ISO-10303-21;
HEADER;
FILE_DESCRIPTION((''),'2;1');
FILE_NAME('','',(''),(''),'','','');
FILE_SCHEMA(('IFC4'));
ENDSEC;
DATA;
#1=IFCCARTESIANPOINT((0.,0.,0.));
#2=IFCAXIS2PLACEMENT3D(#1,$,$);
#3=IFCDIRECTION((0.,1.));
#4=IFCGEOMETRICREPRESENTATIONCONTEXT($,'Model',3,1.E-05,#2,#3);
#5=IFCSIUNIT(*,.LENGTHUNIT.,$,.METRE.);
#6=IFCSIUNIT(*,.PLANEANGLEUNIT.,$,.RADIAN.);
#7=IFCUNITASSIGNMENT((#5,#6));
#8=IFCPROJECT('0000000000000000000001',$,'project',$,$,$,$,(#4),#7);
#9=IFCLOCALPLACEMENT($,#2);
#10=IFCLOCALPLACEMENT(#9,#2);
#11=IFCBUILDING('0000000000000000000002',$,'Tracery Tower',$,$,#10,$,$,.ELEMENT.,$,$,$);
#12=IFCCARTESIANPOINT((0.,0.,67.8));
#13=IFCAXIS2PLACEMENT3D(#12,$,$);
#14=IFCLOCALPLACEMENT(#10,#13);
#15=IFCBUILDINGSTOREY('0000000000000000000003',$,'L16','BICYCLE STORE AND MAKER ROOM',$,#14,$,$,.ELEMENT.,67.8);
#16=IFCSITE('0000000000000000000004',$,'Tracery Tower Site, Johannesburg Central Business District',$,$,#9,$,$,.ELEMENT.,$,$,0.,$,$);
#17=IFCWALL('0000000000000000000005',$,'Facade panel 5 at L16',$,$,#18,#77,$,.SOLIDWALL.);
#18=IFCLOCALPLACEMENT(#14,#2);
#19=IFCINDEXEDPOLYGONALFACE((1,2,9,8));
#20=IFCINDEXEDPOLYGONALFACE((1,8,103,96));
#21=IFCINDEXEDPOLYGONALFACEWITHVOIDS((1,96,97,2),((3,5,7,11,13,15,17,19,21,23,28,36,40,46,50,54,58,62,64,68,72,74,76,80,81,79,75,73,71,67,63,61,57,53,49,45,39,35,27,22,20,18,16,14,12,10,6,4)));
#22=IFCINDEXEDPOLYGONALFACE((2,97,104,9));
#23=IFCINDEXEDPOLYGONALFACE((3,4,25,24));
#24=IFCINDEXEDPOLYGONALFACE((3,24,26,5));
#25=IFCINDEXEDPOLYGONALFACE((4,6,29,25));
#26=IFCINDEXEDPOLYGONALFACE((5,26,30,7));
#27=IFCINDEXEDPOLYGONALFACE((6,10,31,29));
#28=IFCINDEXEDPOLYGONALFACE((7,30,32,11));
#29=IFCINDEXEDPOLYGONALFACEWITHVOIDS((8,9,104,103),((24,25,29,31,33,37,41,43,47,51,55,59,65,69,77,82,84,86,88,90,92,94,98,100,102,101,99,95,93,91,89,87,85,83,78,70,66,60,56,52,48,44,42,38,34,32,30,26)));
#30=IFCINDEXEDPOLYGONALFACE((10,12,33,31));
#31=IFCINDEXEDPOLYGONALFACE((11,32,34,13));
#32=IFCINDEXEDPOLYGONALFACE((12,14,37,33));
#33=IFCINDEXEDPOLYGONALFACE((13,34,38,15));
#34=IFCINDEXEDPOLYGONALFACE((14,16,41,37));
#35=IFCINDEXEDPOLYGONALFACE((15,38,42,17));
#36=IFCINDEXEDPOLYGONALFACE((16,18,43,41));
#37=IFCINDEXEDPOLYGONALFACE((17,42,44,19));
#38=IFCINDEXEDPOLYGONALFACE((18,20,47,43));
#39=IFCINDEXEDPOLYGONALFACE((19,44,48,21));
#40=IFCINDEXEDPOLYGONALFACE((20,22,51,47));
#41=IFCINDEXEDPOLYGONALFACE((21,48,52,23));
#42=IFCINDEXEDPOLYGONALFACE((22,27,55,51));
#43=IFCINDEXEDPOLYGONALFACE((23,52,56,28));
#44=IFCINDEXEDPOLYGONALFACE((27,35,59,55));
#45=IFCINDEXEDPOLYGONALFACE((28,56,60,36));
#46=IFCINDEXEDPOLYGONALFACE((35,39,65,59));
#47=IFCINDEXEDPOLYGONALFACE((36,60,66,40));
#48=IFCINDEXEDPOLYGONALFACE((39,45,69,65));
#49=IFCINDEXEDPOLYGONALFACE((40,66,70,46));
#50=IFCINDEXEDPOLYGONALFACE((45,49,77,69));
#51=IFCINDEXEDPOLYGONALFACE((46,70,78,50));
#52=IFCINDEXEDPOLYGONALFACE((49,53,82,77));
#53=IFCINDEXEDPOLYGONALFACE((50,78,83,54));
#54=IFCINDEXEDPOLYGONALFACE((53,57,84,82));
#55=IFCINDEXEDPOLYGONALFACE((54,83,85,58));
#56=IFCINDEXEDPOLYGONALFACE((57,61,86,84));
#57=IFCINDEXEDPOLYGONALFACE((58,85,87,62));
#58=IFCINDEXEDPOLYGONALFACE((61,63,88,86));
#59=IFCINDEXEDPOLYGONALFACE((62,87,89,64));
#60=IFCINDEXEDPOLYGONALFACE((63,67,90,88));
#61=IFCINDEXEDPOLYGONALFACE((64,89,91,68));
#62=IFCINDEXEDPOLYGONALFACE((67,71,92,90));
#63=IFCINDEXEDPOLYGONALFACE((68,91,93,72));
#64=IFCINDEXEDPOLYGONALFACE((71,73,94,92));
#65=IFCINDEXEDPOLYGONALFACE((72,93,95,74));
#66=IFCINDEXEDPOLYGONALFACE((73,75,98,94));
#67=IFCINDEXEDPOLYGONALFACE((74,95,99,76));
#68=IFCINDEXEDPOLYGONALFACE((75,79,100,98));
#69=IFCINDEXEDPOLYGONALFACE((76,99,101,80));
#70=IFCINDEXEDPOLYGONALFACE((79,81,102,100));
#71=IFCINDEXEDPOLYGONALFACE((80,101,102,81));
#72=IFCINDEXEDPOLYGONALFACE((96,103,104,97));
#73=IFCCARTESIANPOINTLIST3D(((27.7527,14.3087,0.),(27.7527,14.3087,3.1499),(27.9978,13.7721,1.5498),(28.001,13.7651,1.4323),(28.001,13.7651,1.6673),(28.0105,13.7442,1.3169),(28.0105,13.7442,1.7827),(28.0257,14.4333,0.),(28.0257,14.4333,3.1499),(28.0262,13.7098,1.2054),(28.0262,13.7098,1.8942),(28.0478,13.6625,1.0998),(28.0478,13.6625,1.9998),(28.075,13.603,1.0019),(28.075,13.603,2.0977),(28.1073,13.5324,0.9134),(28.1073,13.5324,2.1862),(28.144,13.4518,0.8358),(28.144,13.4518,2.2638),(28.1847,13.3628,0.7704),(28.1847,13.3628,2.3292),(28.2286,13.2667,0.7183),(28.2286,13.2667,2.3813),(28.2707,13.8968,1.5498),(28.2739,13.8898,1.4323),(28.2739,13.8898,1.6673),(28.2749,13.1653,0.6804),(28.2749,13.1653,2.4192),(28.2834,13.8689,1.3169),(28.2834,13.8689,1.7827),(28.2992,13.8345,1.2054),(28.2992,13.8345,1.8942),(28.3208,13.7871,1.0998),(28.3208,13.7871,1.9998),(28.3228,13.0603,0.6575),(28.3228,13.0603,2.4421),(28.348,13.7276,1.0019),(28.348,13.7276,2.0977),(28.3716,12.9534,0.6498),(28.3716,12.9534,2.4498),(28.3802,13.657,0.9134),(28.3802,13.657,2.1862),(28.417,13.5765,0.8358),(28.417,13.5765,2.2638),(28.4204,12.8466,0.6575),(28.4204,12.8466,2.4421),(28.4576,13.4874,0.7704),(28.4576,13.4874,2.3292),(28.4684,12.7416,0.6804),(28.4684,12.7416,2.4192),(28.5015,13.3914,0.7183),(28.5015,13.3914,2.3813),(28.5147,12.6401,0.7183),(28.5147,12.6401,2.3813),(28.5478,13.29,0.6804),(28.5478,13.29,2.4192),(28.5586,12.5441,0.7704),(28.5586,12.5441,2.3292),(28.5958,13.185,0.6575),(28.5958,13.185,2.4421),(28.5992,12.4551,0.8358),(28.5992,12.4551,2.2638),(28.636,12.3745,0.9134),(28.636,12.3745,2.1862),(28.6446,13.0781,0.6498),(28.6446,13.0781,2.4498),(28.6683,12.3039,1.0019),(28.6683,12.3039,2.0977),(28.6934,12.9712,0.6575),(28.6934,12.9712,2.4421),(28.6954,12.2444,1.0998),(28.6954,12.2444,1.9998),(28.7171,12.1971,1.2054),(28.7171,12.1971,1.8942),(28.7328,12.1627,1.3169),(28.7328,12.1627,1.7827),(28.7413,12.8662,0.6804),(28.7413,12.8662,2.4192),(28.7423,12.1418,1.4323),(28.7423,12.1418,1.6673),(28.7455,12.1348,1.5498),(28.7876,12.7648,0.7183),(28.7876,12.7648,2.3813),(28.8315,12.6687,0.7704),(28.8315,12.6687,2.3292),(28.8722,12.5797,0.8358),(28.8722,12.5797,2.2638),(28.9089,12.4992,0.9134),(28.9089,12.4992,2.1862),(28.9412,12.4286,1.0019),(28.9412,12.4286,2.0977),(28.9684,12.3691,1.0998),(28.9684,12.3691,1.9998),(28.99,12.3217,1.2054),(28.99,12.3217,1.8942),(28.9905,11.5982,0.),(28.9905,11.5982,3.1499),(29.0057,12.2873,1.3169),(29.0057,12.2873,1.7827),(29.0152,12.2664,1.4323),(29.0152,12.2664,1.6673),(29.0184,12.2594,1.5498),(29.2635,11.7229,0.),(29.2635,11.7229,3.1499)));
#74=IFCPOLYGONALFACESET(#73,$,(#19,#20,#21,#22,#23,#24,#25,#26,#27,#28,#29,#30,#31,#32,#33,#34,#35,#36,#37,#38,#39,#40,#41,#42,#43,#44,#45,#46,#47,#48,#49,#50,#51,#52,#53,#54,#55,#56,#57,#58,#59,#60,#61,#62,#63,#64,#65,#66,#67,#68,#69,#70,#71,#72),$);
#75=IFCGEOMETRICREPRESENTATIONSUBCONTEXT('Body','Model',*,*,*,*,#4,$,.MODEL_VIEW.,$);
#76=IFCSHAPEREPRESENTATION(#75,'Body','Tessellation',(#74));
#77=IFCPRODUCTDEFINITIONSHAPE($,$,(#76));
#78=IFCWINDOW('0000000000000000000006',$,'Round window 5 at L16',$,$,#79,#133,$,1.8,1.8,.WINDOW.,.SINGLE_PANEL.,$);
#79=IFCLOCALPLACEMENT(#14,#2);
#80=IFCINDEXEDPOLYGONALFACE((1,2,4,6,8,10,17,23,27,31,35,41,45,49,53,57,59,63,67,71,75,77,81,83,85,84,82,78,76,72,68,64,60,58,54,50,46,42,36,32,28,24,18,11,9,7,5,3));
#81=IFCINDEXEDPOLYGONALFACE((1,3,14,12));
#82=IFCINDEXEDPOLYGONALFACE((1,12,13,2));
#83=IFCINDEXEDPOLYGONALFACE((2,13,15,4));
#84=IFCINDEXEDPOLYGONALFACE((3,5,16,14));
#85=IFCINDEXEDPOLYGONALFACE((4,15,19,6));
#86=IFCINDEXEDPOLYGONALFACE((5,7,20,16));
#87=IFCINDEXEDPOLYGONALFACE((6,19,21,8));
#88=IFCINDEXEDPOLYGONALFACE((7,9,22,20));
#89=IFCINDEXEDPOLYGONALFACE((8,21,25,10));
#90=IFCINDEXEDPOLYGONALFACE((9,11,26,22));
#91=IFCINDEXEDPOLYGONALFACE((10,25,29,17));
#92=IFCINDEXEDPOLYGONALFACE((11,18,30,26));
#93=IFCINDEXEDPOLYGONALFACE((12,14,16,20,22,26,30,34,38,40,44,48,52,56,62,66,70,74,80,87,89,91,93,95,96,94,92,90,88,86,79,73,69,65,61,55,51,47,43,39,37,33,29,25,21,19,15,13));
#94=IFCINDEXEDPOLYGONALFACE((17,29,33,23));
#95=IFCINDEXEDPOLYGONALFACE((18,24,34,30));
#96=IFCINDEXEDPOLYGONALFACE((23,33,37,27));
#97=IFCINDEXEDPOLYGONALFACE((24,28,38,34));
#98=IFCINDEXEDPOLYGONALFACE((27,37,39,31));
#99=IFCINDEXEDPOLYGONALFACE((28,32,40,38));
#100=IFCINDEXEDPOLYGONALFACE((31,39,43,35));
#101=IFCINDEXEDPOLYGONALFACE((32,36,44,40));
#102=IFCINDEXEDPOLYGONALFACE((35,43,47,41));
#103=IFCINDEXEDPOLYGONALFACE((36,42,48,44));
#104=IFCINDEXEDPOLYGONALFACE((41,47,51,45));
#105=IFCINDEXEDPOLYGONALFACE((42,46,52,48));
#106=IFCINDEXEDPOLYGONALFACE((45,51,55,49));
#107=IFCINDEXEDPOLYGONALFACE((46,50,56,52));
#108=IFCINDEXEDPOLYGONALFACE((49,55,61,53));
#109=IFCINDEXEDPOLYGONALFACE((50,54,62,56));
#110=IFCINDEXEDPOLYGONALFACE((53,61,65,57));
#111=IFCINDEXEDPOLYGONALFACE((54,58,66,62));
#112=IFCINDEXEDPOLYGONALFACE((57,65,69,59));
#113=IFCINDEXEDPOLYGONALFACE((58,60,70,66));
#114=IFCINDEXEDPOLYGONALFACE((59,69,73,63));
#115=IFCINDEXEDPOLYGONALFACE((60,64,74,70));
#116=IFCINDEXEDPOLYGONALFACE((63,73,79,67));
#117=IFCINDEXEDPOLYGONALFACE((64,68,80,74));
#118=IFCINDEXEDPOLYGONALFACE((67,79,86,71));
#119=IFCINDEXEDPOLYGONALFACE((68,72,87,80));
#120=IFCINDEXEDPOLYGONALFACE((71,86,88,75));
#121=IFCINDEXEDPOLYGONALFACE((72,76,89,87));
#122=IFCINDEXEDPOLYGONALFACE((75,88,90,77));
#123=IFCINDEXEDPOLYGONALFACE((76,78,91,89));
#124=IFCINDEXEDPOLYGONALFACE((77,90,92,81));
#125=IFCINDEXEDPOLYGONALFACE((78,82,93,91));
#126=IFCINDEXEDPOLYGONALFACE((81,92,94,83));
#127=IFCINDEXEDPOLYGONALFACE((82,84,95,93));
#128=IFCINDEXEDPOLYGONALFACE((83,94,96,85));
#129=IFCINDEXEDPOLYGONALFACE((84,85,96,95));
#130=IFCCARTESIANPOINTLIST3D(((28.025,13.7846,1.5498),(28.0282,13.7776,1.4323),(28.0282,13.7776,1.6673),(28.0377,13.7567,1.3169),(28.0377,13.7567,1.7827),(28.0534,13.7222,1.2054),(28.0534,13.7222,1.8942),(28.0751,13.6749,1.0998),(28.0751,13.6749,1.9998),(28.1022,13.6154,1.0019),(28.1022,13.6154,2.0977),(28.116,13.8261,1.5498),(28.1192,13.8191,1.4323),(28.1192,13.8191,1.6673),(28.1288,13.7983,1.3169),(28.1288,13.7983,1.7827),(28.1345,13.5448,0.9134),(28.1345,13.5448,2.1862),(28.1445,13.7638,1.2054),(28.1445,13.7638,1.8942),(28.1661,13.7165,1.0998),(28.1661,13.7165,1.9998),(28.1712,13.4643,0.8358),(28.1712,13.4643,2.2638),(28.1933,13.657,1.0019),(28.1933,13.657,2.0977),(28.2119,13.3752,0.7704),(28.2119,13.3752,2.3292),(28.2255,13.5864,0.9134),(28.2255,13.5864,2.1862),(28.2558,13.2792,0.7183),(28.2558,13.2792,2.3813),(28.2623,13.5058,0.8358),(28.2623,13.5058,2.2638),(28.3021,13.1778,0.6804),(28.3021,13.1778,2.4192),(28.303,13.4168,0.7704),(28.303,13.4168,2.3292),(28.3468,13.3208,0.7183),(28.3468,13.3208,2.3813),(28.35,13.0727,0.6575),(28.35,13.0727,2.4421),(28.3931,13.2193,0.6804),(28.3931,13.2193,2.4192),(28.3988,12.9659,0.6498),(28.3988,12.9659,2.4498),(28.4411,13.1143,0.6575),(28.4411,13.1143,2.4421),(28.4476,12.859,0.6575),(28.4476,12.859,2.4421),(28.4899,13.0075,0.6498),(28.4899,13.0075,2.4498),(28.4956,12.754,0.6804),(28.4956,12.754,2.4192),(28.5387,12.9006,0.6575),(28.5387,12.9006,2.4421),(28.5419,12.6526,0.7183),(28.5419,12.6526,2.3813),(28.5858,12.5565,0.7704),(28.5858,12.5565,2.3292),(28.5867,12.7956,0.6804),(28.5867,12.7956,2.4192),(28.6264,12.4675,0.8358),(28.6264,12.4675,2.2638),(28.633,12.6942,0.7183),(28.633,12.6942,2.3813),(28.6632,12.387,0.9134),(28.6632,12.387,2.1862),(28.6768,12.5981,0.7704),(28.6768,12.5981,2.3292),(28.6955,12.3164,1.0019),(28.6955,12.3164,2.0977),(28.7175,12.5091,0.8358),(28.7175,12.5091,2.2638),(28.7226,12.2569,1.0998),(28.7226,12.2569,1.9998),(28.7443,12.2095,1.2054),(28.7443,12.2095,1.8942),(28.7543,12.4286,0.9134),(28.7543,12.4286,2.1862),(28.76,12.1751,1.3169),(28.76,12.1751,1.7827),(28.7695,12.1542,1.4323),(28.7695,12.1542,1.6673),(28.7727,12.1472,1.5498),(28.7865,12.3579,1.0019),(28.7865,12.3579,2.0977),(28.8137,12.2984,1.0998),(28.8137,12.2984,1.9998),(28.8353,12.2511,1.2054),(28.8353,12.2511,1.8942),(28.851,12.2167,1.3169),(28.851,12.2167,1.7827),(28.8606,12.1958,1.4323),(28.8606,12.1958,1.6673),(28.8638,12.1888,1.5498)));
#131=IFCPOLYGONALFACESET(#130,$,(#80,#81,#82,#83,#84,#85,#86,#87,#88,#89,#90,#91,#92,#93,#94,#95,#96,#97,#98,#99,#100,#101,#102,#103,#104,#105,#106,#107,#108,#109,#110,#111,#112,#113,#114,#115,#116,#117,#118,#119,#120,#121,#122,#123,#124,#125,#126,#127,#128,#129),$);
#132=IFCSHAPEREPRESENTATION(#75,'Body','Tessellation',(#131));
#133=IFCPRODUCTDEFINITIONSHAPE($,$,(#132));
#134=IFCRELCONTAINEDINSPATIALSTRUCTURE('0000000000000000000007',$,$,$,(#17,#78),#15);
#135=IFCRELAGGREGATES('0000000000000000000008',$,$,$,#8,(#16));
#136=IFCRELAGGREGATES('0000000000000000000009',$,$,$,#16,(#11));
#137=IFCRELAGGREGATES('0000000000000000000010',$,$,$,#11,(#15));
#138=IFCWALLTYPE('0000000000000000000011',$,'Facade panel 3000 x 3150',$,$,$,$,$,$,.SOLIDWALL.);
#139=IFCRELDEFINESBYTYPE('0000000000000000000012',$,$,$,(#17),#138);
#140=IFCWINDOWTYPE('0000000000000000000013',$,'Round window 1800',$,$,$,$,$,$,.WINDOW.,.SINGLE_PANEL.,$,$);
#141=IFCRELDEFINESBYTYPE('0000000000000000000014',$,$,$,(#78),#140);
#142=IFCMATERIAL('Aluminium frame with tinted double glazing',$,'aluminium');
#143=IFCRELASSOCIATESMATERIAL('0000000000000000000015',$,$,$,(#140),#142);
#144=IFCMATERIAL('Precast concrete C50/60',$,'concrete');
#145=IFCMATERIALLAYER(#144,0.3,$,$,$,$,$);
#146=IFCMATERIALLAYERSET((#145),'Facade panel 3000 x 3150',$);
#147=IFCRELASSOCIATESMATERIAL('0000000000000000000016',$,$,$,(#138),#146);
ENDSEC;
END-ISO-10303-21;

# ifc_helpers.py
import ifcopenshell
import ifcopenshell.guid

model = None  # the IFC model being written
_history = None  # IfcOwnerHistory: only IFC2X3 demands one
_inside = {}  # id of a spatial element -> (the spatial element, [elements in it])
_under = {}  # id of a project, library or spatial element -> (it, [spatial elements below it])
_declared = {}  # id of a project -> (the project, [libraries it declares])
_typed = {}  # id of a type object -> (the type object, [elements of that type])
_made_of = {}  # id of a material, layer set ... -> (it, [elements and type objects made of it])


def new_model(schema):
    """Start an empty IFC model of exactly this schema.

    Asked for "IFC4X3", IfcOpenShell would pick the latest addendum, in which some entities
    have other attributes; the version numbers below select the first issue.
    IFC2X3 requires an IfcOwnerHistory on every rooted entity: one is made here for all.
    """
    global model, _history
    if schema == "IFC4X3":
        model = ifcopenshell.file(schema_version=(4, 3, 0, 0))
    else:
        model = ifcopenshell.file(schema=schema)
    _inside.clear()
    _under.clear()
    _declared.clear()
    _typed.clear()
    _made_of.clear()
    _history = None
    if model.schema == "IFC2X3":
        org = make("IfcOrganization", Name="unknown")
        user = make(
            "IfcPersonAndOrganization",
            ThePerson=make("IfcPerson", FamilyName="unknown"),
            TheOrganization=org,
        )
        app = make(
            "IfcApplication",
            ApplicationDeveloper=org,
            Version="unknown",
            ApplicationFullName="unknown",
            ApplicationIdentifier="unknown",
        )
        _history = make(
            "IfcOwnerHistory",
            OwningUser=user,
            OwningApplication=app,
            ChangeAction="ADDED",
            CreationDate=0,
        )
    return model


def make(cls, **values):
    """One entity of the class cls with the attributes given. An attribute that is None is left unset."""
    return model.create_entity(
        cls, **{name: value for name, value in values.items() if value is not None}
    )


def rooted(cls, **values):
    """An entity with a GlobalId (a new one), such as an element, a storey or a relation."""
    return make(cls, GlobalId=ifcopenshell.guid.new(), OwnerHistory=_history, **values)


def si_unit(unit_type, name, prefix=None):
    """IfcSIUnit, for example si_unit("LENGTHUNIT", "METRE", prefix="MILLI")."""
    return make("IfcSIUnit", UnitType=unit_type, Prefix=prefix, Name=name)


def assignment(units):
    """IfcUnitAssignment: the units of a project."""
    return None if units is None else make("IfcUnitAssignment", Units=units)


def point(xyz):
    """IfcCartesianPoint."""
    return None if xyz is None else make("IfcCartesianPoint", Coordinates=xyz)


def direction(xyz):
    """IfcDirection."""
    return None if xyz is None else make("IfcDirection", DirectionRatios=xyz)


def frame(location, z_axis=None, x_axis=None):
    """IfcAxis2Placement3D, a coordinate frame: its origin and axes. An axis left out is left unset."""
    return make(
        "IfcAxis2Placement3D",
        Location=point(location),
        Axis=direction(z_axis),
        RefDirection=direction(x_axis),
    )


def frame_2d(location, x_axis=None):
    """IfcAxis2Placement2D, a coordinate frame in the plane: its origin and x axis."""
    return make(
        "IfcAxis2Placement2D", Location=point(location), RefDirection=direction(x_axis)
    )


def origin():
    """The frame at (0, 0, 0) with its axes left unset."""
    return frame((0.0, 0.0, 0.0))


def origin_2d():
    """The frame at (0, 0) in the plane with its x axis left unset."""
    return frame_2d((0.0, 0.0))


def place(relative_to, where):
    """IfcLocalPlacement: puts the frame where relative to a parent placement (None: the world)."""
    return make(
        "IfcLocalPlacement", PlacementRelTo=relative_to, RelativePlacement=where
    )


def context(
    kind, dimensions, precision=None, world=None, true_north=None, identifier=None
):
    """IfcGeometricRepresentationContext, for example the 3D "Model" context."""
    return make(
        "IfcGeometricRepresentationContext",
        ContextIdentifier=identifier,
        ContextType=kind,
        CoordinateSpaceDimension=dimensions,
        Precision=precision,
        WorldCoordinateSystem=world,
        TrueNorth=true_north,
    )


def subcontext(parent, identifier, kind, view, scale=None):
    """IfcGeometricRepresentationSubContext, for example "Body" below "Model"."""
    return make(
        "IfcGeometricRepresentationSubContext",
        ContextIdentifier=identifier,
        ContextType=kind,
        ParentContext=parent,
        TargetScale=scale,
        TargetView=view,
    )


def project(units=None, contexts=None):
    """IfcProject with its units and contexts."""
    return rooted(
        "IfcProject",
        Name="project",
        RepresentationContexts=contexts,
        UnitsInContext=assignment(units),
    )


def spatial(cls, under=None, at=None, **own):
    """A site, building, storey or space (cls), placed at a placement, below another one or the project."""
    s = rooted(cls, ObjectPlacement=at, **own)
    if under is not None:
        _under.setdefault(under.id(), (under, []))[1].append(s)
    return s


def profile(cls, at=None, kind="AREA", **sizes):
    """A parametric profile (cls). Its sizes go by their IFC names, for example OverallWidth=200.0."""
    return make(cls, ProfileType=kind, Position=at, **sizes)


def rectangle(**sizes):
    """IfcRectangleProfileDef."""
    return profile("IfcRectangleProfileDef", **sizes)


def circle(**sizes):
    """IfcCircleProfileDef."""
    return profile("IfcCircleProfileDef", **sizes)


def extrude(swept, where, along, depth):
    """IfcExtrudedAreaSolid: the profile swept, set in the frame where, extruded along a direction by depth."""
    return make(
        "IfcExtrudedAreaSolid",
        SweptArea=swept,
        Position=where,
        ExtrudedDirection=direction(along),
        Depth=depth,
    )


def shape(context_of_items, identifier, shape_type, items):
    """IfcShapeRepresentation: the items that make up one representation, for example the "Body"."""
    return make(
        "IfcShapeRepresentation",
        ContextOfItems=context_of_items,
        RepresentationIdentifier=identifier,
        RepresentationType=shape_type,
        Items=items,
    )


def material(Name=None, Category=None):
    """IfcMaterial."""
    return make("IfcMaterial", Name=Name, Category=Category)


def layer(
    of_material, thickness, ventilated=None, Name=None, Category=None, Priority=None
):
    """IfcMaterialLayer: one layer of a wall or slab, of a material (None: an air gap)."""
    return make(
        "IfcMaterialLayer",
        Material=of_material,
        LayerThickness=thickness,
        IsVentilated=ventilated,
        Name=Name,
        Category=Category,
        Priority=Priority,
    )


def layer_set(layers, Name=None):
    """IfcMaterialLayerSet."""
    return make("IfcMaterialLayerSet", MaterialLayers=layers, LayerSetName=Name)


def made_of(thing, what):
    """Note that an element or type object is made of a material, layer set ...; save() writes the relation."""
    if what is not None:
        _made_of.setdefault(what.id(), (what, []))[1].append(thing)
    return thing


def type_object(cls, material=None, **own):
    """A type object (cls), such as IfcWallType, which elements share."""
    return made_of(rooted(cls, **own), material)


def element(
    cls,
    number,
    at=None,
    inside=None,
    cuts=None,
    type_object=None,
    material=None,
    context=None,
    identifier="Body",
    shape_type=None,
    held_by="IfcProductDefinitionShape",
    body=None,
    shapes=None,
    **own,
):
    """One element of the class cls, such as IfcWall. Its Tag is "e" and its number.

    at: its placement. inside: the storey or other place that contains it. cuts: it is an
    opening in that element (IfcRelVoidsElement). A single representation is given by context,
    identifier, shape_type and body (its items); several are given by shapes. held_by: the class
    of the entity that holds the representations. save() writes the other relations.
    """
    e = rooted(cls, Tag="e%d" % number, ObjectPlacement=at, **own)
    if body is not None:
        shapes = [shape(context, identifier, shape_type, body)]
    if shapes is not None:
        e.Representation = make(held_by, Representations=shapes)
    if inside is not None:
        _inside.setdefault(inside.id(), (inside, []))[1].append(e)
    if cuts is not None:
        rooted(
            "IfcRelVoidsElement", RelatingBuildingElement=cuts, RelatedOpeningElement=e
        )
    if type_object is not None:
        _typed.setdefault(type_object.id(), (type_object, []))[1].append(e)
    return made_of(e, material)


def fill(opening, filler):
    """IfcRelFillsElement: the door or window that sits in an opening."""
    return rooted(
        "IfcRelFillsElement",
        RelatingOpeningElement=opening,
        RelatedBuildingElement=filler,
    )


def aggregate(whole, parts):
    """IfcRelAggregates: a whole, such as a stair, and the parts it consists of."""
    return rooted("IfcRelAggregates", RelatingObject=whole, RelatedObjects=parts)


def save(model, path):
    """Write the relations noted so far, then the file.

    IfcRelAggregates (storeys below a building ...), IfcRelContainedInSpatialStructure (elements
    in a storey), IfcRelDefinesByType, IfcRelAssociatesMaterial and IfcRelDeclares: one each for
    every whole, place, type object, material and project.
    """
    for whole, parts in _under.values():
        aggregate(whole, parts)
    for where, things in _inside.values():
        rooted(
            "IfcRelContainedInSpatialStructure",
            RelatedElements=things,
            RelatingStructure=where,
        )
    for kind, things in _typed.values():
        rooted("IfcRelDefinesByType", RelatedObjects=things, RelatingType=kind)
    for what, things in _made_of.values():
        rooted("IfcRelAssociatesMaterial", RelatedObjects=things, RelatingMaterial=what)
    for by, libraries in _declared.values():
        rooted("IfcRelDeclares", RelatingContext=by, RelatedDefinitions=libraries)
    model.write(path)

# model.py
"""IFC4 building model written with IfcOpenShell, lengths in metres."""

from ifc_helpers import new_model, si_unit, direction, frame, frame_2d, origin, origin_2d, place, context, subcontext, project, spatial, rectangle, circle, extrude, material, layer, layer_set, type_object, element, fill, save


model = new_model("IFC4")

# Units and contexts
model_context = context("Model", 3, precision=1e-05, world=origin(), true_north=direction((0.0, 1.0)))
body_context = subcontext(model_context, "Body", "Model", "MODEL_VIEW")
ifc_project = project(units=[si_unit("LENGTHUNIT", "METRE"), si_unit("PLANEANGLEUNIT", "RADIAN")], contexts=[model_context])

# Site, building, storey
site_placement = place(None, origin())
site = spatial("IfcSite", under=ifc_project, at=site_placement, Name="Tracery Tower Site, Johannesburg Central Business District", CompositionType="ELEMENT", RefElevation=0.0)
building_placement = place(site_placement, origin())
building = spatial("IfcBuilding", under=site, at=building_placement, Name="Tracery Tower", CompositionType="ELEMENT")
storey_placement = place(building_placement, frame((0.0, 0.0, 67.8)))
storey = spatial("IfcBuildingStorey", under=building, at=storey_placement, Name="L16", Description="BICYCLE STORE AND MAKER ROOM", CompositionType="ELEMENT", Elevation=67.8)

# Wall, opening, window
ifc_material_1 = material(Name="Aluminium frame with tinted double glazing", Category="aluminium")
window_type = type_object("IfcWindowType", Name="Round window 1800", PartitioningType="SINGLE_PANEL", PredefinedType="WINDOW", material=ifc_material_1)
ifc_material_2 = material(Name="Precast concrete C50/60", Category="concrete")
ifc_layer_1 = layer(ifc_material_2, 0.3)
ifc_layer_set_1 = layer_set([ifc_layer_1], Name="Facade panel 3000 x 3150")
wall_type_1 = type_object("IfcWallType", Name="Facade panel 3000 x 3150", PredefinedType="SOLIDWALL", material=ifc_layer_set_1)
wall_1_placement = place(storey_placement, frame((29.127, 11.6606, 0.0), z_axis=(0.0, 0.0, 1.0), x_axis=(-0.415407, 0.909636, 0.0)))
wall_1 = element("IfcWall", 1, at=wall_1_placement, inside=storey, type_object=wall_type_1, Name="Facade panel 5 at L16", PredefinedType="SOLIDWALL", context=body_context, shape_type="SweptSolid", body=[
    extrude(rectangle(XDim=2.9797, YDim=0.3, at=frame_2d((1.4897, 0.0))), origin(), (0.0, 0.0, 1.0), 3.1499),
])
opening_1_placement = place(wall_1_placement, frame((1.4897, 0.0, 1.5498)))
opening_1 = element("IfcOpeningElement", 2, at=opening_1_placement, cuts=wall_1, PredefinedType="OPENING", context=body_context, shape_type="SweptSolid", body=[
    extrude(circle(Radius=0.9, at=origin_2d()), frame((0.0, 0.1599, 0.0), z_axis=(0.0, -1.0, 0.0), x_axis=(1.0, 0.0, 0.0)), (0.0, 0.0, 1.0), 0.3201),
])
window_1_placement = place(opening_1_placement, origin())
window_1 = element("IfcWindow", 3, at=window_1_placement, inside=storey, type_object=window_type, Name="Round window 5 at L16", OverallHeight=1.8, OverallWidth=1.8, PartitioningType="SINGLE_PANEL", PredefinedType="WINDOW", context=body_context, shape_type="SweptSolid", body=[
    extrude(circle(Radius=0.9, at=origin_2d()), frame((0.0, 0.1201, 0.0), z_axis=(0.0, -1.0, 0.0), x_axis=(1.0, 0.0, 0.0)), (0.0, 0.0, 1.0), 0.1001),
])
fill(opening_1, window_1)

save(model, "model.ifc")
